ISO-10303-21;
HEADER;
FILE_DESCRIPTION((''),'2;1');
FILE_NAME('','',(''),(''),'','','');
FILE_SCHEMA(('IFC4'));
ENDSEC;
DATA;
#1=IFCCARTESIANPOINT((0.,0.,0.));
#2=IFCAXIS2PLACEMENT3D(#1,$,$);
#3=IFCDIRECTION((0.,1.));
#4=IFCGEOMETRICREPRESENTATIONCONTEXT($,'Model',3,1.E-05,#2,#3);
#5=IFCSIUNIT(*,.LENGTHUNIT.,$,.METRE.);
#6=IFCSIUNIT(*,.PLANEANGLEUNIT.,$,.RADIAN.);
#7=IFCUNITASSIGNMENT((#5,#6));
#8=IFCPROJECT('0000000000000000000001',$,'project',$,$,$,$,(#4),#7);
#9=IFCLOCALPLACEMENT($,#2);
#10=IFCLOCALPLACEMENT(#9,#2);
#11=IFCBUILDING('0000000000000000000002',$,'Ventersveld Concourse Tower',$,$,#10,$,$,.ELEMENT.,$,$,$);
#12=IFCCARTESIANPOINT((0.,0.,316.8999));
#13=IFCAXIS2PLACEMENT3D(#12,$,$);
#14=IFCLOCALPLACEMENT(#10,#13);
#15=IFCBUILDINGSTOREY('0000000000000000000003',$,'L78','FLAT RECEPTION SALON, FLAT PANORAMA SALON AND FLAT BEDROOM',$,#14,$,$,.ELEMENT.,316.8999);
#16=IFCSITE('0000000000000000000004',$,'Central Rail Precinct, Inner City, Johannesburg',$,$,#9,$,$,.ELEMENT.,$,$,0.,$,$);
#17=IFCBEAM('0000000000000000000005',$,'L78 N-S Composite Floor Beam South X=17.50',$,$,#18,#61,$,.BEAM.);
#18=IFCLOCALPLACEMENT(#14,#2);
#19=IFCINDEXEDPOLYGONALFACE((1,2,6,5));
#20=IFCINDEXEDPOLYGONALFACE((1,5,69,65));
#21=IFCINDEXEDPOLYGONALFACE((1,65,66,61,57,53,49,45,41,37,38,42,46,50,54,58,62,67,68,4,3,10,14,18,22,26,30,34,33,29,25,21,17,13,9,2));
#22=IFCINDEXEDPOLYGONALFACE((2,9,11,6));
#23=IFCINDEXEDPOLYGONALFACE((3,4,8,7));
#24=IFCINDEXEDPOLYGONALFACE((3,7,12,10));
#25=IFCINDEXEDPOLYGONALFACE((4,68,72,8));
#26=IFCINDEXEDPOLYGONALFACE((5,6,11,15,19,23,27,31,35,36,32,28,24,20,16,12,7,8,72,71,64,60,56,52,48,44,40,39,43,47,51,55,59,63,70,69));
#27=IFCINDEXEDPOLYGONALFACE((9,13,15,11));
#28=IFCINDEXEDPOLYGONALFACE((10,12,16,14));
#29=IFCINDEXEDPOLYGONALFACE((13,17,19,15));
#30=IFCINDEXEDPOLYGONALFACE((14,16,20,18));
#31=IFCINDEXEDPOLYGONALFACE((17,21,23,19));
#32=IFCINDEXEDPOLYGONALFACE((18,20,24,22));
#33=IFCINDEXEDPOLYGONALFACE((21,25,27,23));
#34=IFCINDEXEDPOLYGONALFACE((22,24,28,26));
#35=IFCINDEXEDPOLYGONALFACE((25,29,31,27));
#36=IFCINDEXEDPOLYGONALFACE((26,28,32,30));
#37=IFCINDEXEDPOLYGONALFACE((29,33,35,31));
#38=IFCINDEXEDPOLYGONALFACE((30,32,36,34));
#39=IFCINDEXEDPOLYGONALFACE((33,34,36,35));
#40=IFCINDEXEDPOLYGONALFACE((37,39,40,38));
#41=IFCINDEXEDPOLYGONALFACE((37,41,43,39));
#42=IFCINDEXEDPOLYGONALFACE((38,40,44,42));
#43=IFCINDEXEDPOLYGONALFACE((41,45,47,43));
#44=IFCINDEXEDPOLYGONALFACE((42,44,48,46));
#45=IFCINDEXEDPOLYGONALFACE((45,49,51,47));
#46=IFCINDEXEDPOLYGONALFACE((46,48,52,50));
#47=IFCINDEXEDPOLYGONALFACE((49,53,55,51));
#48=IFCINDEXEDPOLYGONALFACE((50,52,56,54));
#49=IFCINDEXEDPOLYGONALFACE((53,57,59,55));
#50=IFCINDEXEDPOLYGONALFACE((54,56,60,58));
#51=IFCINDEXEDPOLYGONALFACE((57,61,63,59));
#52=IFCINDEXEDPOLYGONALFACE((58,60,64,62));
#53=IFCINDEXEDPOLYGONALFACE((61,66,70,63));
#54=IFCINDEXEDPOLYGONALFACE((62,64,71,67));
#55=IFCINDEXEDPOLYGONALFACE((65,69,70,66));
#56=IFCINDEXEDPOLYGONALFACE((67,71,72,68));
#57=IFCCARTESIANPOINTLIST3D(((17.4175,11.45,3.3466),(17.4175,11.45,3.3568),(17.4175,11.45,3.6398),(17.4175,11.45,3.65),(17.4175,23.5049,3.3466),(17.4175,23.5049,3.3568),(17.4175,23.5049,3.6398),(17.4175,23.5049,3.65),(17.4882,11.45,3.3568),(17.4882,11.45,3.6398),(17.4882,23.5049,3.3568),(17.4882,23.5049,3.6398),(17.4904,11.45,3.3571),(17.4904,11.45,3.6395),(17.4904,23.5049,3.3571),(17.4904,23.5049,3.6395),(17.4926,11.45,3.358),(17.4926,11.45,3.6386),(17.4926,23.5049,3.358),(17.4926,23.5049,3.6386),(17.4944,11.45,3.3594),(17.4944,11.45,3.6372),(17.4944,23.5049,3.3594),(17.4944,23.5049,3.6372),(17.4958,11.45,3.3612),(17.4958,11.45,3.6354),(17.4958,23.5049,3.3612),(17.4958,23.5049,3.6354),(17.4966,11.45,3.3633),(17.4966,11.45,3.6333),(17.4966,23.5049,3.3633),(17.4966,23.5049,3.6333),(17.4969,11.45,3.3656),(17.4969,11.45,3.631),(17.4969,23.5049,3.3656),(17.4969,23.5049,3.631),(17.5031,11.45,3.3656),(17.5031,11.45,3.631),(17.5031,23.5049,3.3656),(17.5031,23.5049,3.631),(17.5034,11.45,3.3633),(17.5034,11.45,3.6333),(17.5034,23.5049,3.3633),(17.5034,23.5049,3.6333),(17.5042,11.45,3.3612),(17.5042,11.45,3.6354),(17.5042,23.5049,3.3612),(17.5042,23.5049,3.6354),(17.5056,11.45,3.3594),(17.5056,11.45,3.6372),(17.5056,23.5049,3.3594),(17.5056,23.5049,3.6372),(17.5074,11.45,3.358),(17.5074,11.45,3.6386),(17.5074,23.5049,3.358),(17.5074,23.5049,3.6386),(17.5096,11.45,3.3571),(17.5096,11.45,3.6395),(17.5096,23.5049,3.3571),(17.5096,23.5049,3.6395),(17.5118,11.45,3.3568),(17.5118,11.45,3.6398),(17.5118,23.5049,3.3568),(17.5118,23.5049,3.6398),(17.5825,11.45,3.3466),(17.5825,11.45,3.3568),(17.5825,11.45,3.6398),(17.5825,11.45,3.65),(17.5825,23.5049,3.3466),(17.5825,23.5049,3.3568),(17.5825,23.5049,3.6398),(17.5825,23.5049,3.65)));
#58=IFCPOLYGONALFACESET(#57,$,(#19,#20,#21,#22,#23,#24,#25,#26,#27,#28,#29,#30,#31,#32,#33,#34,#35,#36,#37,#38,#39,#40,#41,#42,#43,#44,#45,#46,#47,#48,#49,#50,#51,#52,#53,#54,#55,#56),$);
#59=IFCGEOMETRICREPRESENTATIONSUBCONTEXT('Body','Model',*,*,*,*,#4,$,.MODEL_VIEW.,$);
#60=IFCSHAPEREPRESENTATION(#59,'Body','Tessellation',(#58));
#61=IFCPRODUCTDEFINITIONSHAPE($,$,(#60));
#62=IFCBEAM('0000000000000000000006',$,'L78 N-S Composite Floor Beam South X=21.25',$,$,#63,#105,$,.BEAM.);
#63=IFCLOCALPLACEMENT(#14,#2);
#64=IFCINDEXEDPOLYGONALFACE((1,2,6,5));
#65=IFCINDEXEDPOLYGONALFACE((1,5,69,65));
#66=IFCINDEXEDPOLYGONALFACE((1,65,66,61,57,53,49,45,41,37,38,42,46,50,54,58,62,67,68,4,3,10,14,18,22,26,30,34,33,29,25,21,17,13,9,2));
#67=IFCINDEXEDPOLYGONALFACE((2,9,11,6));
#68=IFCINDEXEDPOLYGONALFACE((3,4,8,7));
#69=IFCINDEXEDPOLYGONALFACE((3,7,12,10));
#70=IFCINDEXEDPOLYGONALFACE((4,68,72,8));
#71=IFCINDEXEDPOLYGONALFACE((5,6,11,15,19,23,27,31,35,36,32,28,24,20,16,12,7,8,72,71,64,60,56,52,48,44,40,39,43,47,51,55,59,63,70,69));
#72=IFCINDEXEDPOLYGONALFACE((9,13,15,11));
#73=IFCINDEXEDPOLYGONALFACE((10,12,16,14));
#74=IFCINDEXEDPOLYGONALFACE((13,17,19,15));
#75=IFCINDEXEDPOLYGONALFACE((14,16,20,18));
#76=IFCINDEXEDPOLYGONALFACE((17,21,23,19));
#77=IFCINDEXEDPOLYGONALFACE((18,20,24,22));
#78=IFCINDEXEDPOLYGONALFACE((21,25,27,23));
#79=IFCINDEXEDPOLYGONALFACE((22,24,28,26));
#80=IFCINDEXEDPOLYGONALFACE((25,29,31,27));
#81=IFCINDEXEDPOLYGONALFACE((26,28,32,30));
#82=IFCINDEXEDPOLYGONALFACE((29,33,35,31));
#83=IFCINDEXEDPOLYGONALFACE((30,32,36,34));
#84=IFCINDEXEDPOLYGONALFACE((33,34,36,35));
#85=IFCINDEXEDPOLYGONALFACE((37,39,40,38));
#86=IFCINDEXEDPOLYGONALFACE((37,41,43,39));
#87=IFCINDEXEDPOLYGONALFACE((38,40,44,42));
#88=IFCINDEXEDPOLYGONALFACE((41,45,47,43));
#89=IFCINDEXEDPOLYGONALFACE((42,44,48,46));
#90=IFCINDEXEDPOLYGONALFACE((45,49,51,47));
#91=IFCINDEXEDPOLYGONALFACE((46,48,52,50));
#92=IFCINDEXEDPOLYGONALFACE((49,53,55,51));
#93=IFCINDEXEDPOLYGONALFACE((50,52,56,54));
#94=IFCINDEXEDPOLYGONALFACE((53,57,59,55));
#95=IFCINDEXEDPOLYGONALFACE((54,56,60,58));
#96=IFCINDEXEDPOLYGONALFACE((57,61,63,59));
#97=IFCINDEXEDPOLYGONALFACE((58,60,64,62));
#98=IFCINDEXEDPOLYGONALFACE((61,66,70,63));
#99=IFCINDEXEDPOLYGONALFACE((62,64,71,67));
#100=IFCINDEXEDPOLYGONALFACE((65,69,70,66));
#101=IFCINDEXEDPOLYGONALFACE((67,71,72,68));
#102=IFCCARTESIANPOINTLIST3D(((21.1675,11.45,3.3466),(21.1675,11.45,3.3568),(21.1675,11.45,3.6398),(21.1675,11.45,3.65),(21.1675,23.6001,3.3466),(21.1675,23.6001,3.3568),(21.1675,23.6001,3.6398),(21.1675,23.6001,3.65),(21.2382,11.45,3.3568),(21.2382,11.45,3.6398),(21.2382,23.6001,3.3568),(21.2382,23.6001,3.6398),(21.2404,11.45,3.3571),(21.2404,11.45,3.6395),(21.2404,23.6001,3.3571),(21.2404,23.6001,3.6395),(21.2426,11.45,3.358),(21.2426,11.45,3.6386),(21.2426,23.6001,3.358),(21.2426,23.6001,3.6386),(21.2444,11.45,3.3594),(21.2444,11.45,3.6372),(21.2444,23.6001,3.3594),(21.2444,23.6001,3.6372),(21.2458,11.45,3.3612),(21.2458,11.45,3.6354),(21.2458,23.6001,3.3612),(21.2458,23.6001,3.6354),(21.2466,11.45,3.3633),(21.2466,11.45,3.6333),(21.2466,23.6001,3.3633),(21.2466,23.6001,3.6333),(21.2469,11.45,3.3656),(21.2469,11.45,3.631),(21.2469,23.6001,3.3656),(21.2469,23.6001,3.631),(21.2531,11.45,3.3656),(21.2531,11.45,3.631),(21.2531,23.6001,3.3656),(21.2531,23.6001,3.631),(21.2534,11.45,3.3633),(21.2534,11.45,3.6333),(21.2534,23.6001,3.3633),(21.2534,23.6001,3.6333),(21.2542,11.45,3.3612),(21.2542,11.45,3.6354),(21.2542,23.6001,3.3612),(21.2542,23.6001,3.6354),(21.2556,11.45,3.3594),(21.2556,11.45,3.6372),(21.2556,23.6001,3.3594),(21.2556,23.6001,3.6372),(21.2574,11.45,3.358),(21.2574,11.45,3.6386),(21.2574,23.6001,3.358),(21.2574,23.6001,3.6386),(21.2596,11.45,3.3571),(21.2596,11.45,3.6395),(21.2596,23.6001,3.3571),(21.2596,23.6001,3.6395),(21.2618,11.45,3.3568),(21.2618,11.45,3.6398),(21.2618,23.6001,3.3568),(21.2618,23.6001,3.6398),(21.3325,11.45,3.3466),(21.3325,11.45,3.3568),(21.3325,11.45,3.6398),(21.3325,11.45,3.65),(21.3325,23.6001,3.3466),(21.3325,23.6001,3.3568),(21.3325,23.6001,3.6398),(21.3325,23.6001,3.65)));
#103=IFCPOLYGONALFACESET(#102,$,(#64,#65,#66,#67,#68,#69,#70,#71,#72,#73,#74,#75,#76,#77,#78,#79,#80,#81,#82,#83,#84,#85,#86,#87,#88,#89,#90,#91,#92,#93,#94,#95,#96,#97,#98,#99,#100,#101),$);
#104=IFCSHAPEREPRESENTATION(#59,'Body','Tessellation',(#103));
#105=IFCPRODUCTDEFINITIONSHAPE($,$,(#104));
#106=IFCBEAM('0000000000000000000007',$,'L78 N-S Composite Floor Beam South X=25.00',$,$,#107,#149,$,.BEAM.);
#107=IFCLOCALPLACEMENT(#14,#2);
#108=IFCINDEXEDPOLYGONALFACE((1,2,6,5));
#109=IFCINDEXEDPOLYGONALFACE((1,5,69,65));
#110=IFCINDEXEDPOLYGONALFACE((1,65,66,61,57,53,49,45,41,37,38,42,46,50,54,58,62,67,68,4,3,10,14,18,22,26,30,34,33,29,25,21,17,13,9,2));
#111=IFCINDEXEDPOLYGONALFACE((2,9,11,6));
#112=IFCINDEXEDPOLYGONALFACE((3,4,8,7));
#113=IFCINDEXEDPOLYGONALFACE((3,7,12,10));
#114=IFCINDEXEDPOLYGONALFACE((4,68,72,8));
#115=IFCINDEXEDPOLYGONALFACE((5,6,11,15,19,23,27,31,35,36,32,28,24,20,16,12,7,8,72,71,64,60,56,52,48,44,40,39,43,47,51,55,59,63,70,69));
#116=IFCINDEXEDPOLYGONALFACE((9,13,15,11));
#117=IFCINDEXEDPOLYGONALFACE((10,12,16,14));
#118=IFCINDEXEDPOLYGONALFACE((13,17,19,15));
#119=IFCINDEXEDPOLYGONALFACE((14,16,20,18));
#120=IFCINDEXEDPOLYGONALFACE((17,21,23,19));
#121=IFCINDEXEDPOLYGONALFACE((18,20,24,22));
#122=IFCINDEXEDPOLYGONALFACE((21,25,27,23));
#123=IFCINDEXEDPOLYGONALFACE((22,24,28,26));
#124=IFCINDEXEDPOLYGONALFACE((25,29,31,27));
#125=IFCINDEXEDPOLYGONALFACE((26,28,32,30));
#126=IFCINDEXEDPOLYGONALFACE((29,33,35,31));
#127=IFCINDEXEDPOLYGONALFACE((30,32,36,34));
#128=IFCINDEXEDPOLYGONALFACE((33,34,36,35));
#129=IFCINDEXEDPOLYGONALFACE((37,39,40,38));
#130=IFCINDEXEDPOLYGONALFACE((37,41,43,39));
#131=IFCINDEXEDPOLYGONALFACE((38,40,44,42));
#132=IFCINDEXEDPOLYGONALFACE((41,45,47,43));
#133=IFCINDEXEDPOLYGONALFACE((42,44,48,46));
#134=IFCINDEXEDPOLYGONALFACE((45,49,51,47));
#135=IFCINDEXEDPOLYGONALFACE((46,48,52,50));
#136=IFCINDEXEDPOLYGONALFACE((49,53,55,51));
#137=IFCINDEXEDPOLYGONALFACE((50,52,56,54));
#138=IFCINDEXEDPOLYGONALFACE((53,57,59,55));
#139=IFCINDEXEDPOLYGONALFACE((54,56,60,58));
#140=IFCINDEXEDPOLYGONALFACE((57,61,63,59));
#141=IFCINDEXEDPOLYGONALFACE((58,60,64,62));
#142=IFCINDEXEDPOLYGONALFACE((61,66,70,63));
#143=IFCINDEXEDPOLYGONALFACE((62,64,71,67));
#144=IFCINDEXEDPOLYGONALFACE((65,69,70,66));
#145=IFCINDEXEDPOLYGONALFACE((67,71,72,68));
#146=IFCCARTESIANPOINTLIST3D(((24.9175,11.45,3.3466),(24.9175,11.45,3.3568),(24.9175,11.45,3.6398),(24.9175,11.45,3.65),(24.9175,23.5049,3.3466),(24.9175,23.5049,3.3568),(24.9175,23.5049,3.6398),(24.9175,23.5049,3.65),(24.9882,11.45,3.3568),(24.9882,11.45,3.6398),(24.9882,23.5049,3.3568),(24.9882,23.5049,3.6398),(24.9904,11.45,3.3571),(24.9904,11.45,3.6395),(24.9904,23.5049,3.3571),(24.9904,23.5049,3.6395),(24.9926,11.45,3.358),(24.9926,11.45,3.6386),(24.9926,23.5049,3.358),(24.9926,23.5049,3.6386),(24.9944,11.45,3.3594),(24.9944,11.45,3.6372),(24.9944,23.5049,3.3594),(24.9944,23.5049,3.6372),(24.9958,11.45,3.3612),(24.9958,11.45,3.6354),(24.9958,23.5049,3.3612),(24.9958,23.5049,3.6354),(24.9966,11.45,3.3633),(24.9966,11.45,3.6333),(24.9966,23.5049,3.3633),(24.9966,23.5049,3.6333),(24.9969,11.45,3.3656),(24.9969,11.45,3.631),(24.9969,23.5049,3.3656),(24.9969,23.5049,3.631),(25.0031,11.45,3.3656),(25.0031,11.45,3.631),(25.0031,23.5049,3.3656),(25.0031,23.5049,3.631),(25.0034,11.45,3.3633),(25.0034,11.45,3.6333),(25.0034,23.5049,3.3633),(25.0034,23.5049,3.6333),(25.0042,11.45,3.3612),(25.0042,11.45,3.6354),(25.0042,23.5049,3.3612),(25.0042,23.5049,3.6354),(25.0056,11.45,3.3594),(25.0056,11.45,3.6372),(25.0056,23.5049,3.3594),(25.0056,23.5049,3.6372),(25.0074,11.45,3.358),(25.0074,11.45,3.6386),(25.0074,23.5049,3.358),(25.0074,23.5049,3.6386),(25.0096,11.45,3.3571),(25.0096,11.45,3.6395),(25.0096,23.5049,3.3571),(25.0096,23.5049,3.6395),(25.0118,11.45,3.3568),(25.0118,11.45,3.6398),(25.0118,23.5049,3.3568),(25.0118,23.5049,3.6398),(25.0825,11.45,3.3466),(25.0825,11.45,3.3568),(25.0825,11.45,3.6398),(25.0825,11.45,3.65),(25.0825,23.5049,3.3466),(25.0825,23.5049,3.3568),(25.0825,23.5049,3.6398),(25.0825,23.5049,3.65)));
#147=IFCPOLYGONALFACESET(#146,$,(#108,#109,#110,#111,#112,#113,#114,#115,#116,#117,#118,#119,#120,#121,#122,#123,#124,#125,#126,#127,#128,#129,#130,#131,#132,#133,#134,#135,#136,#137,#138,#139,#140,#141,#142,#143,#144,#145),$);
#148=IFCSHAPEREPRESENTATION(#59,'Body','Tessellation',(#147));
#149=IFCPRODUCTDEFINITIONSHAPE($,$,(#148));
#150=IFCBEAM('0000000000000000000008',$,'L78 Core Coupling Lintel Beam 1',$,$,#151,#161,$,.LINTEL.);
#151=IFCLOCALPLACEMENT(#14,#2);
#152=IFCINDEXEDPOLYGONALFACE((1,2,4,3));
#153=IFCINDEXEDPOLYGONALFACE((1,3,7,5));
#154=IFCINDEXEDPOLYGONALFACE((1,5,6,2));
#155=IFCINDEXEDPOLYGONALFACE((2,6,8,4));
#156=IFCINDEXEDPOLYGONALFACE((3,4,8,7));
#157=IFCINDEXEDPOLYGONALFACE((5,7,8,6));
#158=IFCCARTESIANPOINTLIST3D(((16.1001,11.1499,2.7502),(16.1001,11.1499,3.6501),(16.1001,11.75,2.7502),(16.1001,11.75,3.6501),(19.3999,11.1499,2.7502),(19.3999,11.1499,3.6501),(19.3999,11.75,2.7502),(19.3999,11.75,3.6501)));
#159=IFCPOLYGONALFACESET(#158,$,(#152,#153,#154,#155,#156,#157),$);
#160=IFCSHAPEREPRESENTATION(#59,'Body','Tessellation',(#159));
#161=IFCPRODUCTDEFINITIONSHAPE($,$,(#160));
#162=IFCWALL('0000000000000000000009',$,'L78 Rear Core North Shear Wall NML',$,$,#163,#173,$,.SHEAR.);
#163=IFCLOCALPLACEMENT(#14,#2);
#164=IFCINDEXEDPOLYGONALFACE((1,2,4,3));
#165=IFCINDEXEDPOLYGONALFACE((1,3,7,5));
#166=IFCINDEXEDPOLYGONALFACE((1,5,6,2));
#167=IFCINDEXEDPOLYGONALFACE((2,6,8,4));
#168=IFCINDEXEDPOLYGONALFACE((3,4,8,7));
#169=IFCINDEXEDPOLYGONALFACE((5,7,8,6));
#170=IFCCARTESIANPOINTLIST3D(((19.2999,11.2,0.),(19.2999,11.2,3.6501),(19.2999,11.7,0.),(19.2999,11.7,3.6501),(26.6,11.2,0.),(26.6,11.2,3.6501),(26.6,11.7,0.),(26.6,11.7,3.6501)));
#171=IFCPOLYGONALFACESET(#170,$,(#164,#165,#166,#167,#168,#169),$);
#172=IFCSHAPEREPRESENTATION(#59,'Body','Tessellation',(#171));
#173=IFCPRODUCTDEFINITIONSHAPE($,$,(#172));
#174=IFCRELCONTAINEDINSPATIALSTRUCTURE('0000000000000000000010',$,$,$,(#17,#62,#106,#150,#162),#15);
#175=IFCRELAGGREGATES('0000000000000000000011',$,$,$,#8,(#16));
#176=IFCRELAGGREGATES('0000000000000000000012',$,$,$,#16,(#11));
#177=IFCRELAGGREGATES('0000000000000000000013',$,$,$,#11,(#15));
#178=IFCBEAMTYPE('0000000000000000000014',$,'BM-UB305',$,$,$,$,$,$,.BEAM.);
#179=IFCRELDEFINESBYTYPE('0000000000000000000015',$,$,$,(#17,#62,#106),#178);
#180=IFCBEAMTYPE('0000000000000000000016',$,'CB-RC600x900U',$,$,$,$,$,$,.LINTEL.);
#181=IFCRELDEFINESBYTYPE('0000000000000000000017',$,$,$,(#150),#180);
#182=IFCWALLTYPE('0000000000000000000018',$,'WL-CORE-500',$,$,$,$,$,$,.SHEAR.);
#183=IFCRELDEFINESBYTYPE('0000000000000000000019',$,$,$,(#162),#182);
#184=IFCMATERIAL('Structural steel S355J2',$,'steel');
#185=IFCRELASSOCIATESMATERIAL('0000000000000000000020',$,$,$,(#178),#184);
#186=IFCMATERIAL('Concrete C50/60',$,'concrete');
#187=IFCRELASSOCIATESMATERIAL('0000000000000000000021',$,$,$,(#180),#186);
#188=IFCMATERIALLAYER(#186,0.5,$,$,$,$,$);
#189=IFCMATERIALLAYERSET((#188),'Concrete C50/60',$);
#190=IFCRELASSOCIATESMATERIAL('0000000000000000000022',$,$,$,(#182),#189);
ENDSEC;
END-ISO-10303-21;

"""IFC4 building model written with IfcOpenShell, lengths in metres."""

from ifc_helpers import new_model, si_unit, direction, frame, frame_2d, origin, origin_2d, place, context, subcontext, project, spatial, rectangle, i_section, extrude, material, layer, layer_set, material_profile, profile_set, type_object, element, save


model = new_model("IFC4")

# Units and contexts
model_context = context("Model", 3, precision=1e-05, world=origin(), true_north=direction((0.0, 1.0)))
body_context = subcontext(model_context, "Body", "Model", "MODEL_VIEW")
ifc_project = project(units=[si_unit("LENGTHUNIT", "METRE"), si_unit("PLANEANGLEUNIT", "RADIAN")], contexts=[model_context])

# Site, building, storey
site_placement = place(None, origin())
site = spatial("IfcSite", under=ifc_project, at=site_placement, Name="Central Rail Precinct, Inner City, Johannesburg", CompositionType="ELEMENT", RefElevation=0.0)
building_placement = place(site_placement, origin())
building = spatial("IfcBuilding", under=site, at=building_placement, Name="Ventersveld Concourse Tower", CompositionType="ELEMENT")
storey_placement = place(building_placement, frame((0.0, 0.0, 316.8999)))
storey = spatial("IfcBuildingStorey", under=building, at=storey_placement, Name="L78", Description="FLAT RECEPTION SALON, FLAT PANORAMA SALON AND FLAT BEDROOM", CompositionType="ELEMENT", Elevation=316.8999)

# Beams
ifc_material_1 = material(Name="Structural steel S355J2", Category="steel")
ifc_material_profile_1 = material_profile(ifc_material_1, i_section(OverallWidth=0.165, OverallDepth=0.3035, WebThickness=0.0061, FlangeThickness=0.0103, FilletRadius=0.0088, at=origin_2d()), Name="UB 305x165x40")
ifc_profile_set_1 = profile_set([ifc_material_profile_1], Name="Structural steel S355J2")
beam_type_1 = type_object("IfcBeamType", Name="BM-UB305", PredefinedType="BEAM", material=ifc_profile_set_1)
beam_1_placement = place(storey_placement, frame((17.5, 11.45, 3.4983), z_axis=(0.0, 1.0, 0.0), x_axis=(-1.0, 0.0, 0.0)))
element("IfcBeam", 1, at=beam_1_placement, inside=storey, type_object=beam_type_1, Name="L78 N-S Composite Floor Beam South X=17.50", PredefinedType="BEAM", context=body_context, shape_type="SweptSolid", body=[
    extrude(i_section(OverallWidth=0.165, OverallDepth=0.3035, WebThickness=0.0061, FlangeThickness=0.0103, FilletRadius=0.0088, at=origin_2d()), origin(), (0.0, 0.0, 1.0), 12.0549),
])
beam_2_placement = place(storey_placement, frame((21.25, 11.45, 3.4983), z_axis=(0.0, 1.0, 0.0), x_axis=(-1.0, 0.0, 0.0)))
element("IfcBeam", 2, at=beam_2_placement, inside=storey, type_object=beam_type_1, Name="L78 N-S Composite Floor Beam South X=21.25", PredefinedType="BEAM", context=body_context, shape_type="SweptSolid", body=[
    extrude(i_section(OverallWidth=0.165, OverallDepth=0.3035, WebThickness=0.0061, FlangeThickness=0.0103, FilletRadius=0.0088, at=origin_2d()), origin(), (0.0, 0.0, 1.0), 12.1501),
])
beam_3_placement = place(storey_placement, frame((25.0, 11.45, 3.4983), z_axis=(0.0, 1.0, 0.0), x_axis=(-1.0, 0.0, 0.0)))
element("IfcBeam", 3, at=beam_3_placement, inside=storey, type_object=beam_type_1, Name="L78 N-S Composite Floor Beam South X=25.00", PredefinedType="BEAM", context=body_context, shape_type="SweptSolid", body=[
    extrude(i_section(OverallWidth=0.165, OverallDepth=0.3035, WebThickness=0.0061, FlangeThickness=0.0103, FilletRadius=0.0088, at=origin_2d()), origin(), (0.0, 0.0, 1.0), 12.0549),
])
ifc_material_2 = material(Name="Concrete C50/60", Category="concrete")
ifc_material_profile_2 = material_profile(ifc_material_2, rectangle(XDim=0.6001, YDim=0.8999, at=origin_2d()), Name="RC 600x900")
ifc_profile_set_2 = profile_set([ifc_material_profile_2], Name="Concrete C50/60")
beam_type_2 = type_object("IfcBeamType", Name="CB-RC600x900U", PredefinedType="LINTEL", material=ifc_profile_set_2)
beam_4_placement = place(storey_placement, frame((16.1001, 11.45, 3.2002), z_axis=(1.0, 0.0, 0.0), x_axis=(0.0, 1.0, 0.0)))
element("IfcBeam", 4, at=beam_4_placement, inside=storey, type_object=beam_type_2, Name="L78 Core Coupling Lintel Beam 1", PredefinedType="LINTEL", context=body_context, shape_type="SweptSolid", body=[
    extrude(rectangle(XDim=0.6001, YDim=0.8999, at=origin_2d()), origin(), (0.0, 0.0, 1.0), 3.2998),
])

# Wall
ifc_layer_1 = layer(ifc_material_2, 0.5)
ifc_layer_set_1 = layer_set([ifc_layer_1], Name="Concrete C50/60")
wall_type_1 = type_object("IfcWallType", Name="WL-CORE-500", PredefinedType="SHEAR", material=ifc_layer_set_1)
wall_1_placement = place(storey_placement, frame((19.3, 11.45, 0.0), z_axis=(0.0, 0.0, 1.0), x_axis=(1.0, 0.0, 0.0)))
element("IfcWall", 5, at=wall_1_placement, inside=storey, type_object=wall_type_1, Name="L78 Rear Core North Shear Wall NML", PredefinedType="SHEAR", context=body_context, shape_type="SweptSolid", body=[
    extrude(rectangle(XDim=7.3, YDim=0.5, at=frame_2d((3.6499, 0.0))), origin(), (0.0, 0.0, 1.0), 3.6501),
])

save(model, "model.ifc")
